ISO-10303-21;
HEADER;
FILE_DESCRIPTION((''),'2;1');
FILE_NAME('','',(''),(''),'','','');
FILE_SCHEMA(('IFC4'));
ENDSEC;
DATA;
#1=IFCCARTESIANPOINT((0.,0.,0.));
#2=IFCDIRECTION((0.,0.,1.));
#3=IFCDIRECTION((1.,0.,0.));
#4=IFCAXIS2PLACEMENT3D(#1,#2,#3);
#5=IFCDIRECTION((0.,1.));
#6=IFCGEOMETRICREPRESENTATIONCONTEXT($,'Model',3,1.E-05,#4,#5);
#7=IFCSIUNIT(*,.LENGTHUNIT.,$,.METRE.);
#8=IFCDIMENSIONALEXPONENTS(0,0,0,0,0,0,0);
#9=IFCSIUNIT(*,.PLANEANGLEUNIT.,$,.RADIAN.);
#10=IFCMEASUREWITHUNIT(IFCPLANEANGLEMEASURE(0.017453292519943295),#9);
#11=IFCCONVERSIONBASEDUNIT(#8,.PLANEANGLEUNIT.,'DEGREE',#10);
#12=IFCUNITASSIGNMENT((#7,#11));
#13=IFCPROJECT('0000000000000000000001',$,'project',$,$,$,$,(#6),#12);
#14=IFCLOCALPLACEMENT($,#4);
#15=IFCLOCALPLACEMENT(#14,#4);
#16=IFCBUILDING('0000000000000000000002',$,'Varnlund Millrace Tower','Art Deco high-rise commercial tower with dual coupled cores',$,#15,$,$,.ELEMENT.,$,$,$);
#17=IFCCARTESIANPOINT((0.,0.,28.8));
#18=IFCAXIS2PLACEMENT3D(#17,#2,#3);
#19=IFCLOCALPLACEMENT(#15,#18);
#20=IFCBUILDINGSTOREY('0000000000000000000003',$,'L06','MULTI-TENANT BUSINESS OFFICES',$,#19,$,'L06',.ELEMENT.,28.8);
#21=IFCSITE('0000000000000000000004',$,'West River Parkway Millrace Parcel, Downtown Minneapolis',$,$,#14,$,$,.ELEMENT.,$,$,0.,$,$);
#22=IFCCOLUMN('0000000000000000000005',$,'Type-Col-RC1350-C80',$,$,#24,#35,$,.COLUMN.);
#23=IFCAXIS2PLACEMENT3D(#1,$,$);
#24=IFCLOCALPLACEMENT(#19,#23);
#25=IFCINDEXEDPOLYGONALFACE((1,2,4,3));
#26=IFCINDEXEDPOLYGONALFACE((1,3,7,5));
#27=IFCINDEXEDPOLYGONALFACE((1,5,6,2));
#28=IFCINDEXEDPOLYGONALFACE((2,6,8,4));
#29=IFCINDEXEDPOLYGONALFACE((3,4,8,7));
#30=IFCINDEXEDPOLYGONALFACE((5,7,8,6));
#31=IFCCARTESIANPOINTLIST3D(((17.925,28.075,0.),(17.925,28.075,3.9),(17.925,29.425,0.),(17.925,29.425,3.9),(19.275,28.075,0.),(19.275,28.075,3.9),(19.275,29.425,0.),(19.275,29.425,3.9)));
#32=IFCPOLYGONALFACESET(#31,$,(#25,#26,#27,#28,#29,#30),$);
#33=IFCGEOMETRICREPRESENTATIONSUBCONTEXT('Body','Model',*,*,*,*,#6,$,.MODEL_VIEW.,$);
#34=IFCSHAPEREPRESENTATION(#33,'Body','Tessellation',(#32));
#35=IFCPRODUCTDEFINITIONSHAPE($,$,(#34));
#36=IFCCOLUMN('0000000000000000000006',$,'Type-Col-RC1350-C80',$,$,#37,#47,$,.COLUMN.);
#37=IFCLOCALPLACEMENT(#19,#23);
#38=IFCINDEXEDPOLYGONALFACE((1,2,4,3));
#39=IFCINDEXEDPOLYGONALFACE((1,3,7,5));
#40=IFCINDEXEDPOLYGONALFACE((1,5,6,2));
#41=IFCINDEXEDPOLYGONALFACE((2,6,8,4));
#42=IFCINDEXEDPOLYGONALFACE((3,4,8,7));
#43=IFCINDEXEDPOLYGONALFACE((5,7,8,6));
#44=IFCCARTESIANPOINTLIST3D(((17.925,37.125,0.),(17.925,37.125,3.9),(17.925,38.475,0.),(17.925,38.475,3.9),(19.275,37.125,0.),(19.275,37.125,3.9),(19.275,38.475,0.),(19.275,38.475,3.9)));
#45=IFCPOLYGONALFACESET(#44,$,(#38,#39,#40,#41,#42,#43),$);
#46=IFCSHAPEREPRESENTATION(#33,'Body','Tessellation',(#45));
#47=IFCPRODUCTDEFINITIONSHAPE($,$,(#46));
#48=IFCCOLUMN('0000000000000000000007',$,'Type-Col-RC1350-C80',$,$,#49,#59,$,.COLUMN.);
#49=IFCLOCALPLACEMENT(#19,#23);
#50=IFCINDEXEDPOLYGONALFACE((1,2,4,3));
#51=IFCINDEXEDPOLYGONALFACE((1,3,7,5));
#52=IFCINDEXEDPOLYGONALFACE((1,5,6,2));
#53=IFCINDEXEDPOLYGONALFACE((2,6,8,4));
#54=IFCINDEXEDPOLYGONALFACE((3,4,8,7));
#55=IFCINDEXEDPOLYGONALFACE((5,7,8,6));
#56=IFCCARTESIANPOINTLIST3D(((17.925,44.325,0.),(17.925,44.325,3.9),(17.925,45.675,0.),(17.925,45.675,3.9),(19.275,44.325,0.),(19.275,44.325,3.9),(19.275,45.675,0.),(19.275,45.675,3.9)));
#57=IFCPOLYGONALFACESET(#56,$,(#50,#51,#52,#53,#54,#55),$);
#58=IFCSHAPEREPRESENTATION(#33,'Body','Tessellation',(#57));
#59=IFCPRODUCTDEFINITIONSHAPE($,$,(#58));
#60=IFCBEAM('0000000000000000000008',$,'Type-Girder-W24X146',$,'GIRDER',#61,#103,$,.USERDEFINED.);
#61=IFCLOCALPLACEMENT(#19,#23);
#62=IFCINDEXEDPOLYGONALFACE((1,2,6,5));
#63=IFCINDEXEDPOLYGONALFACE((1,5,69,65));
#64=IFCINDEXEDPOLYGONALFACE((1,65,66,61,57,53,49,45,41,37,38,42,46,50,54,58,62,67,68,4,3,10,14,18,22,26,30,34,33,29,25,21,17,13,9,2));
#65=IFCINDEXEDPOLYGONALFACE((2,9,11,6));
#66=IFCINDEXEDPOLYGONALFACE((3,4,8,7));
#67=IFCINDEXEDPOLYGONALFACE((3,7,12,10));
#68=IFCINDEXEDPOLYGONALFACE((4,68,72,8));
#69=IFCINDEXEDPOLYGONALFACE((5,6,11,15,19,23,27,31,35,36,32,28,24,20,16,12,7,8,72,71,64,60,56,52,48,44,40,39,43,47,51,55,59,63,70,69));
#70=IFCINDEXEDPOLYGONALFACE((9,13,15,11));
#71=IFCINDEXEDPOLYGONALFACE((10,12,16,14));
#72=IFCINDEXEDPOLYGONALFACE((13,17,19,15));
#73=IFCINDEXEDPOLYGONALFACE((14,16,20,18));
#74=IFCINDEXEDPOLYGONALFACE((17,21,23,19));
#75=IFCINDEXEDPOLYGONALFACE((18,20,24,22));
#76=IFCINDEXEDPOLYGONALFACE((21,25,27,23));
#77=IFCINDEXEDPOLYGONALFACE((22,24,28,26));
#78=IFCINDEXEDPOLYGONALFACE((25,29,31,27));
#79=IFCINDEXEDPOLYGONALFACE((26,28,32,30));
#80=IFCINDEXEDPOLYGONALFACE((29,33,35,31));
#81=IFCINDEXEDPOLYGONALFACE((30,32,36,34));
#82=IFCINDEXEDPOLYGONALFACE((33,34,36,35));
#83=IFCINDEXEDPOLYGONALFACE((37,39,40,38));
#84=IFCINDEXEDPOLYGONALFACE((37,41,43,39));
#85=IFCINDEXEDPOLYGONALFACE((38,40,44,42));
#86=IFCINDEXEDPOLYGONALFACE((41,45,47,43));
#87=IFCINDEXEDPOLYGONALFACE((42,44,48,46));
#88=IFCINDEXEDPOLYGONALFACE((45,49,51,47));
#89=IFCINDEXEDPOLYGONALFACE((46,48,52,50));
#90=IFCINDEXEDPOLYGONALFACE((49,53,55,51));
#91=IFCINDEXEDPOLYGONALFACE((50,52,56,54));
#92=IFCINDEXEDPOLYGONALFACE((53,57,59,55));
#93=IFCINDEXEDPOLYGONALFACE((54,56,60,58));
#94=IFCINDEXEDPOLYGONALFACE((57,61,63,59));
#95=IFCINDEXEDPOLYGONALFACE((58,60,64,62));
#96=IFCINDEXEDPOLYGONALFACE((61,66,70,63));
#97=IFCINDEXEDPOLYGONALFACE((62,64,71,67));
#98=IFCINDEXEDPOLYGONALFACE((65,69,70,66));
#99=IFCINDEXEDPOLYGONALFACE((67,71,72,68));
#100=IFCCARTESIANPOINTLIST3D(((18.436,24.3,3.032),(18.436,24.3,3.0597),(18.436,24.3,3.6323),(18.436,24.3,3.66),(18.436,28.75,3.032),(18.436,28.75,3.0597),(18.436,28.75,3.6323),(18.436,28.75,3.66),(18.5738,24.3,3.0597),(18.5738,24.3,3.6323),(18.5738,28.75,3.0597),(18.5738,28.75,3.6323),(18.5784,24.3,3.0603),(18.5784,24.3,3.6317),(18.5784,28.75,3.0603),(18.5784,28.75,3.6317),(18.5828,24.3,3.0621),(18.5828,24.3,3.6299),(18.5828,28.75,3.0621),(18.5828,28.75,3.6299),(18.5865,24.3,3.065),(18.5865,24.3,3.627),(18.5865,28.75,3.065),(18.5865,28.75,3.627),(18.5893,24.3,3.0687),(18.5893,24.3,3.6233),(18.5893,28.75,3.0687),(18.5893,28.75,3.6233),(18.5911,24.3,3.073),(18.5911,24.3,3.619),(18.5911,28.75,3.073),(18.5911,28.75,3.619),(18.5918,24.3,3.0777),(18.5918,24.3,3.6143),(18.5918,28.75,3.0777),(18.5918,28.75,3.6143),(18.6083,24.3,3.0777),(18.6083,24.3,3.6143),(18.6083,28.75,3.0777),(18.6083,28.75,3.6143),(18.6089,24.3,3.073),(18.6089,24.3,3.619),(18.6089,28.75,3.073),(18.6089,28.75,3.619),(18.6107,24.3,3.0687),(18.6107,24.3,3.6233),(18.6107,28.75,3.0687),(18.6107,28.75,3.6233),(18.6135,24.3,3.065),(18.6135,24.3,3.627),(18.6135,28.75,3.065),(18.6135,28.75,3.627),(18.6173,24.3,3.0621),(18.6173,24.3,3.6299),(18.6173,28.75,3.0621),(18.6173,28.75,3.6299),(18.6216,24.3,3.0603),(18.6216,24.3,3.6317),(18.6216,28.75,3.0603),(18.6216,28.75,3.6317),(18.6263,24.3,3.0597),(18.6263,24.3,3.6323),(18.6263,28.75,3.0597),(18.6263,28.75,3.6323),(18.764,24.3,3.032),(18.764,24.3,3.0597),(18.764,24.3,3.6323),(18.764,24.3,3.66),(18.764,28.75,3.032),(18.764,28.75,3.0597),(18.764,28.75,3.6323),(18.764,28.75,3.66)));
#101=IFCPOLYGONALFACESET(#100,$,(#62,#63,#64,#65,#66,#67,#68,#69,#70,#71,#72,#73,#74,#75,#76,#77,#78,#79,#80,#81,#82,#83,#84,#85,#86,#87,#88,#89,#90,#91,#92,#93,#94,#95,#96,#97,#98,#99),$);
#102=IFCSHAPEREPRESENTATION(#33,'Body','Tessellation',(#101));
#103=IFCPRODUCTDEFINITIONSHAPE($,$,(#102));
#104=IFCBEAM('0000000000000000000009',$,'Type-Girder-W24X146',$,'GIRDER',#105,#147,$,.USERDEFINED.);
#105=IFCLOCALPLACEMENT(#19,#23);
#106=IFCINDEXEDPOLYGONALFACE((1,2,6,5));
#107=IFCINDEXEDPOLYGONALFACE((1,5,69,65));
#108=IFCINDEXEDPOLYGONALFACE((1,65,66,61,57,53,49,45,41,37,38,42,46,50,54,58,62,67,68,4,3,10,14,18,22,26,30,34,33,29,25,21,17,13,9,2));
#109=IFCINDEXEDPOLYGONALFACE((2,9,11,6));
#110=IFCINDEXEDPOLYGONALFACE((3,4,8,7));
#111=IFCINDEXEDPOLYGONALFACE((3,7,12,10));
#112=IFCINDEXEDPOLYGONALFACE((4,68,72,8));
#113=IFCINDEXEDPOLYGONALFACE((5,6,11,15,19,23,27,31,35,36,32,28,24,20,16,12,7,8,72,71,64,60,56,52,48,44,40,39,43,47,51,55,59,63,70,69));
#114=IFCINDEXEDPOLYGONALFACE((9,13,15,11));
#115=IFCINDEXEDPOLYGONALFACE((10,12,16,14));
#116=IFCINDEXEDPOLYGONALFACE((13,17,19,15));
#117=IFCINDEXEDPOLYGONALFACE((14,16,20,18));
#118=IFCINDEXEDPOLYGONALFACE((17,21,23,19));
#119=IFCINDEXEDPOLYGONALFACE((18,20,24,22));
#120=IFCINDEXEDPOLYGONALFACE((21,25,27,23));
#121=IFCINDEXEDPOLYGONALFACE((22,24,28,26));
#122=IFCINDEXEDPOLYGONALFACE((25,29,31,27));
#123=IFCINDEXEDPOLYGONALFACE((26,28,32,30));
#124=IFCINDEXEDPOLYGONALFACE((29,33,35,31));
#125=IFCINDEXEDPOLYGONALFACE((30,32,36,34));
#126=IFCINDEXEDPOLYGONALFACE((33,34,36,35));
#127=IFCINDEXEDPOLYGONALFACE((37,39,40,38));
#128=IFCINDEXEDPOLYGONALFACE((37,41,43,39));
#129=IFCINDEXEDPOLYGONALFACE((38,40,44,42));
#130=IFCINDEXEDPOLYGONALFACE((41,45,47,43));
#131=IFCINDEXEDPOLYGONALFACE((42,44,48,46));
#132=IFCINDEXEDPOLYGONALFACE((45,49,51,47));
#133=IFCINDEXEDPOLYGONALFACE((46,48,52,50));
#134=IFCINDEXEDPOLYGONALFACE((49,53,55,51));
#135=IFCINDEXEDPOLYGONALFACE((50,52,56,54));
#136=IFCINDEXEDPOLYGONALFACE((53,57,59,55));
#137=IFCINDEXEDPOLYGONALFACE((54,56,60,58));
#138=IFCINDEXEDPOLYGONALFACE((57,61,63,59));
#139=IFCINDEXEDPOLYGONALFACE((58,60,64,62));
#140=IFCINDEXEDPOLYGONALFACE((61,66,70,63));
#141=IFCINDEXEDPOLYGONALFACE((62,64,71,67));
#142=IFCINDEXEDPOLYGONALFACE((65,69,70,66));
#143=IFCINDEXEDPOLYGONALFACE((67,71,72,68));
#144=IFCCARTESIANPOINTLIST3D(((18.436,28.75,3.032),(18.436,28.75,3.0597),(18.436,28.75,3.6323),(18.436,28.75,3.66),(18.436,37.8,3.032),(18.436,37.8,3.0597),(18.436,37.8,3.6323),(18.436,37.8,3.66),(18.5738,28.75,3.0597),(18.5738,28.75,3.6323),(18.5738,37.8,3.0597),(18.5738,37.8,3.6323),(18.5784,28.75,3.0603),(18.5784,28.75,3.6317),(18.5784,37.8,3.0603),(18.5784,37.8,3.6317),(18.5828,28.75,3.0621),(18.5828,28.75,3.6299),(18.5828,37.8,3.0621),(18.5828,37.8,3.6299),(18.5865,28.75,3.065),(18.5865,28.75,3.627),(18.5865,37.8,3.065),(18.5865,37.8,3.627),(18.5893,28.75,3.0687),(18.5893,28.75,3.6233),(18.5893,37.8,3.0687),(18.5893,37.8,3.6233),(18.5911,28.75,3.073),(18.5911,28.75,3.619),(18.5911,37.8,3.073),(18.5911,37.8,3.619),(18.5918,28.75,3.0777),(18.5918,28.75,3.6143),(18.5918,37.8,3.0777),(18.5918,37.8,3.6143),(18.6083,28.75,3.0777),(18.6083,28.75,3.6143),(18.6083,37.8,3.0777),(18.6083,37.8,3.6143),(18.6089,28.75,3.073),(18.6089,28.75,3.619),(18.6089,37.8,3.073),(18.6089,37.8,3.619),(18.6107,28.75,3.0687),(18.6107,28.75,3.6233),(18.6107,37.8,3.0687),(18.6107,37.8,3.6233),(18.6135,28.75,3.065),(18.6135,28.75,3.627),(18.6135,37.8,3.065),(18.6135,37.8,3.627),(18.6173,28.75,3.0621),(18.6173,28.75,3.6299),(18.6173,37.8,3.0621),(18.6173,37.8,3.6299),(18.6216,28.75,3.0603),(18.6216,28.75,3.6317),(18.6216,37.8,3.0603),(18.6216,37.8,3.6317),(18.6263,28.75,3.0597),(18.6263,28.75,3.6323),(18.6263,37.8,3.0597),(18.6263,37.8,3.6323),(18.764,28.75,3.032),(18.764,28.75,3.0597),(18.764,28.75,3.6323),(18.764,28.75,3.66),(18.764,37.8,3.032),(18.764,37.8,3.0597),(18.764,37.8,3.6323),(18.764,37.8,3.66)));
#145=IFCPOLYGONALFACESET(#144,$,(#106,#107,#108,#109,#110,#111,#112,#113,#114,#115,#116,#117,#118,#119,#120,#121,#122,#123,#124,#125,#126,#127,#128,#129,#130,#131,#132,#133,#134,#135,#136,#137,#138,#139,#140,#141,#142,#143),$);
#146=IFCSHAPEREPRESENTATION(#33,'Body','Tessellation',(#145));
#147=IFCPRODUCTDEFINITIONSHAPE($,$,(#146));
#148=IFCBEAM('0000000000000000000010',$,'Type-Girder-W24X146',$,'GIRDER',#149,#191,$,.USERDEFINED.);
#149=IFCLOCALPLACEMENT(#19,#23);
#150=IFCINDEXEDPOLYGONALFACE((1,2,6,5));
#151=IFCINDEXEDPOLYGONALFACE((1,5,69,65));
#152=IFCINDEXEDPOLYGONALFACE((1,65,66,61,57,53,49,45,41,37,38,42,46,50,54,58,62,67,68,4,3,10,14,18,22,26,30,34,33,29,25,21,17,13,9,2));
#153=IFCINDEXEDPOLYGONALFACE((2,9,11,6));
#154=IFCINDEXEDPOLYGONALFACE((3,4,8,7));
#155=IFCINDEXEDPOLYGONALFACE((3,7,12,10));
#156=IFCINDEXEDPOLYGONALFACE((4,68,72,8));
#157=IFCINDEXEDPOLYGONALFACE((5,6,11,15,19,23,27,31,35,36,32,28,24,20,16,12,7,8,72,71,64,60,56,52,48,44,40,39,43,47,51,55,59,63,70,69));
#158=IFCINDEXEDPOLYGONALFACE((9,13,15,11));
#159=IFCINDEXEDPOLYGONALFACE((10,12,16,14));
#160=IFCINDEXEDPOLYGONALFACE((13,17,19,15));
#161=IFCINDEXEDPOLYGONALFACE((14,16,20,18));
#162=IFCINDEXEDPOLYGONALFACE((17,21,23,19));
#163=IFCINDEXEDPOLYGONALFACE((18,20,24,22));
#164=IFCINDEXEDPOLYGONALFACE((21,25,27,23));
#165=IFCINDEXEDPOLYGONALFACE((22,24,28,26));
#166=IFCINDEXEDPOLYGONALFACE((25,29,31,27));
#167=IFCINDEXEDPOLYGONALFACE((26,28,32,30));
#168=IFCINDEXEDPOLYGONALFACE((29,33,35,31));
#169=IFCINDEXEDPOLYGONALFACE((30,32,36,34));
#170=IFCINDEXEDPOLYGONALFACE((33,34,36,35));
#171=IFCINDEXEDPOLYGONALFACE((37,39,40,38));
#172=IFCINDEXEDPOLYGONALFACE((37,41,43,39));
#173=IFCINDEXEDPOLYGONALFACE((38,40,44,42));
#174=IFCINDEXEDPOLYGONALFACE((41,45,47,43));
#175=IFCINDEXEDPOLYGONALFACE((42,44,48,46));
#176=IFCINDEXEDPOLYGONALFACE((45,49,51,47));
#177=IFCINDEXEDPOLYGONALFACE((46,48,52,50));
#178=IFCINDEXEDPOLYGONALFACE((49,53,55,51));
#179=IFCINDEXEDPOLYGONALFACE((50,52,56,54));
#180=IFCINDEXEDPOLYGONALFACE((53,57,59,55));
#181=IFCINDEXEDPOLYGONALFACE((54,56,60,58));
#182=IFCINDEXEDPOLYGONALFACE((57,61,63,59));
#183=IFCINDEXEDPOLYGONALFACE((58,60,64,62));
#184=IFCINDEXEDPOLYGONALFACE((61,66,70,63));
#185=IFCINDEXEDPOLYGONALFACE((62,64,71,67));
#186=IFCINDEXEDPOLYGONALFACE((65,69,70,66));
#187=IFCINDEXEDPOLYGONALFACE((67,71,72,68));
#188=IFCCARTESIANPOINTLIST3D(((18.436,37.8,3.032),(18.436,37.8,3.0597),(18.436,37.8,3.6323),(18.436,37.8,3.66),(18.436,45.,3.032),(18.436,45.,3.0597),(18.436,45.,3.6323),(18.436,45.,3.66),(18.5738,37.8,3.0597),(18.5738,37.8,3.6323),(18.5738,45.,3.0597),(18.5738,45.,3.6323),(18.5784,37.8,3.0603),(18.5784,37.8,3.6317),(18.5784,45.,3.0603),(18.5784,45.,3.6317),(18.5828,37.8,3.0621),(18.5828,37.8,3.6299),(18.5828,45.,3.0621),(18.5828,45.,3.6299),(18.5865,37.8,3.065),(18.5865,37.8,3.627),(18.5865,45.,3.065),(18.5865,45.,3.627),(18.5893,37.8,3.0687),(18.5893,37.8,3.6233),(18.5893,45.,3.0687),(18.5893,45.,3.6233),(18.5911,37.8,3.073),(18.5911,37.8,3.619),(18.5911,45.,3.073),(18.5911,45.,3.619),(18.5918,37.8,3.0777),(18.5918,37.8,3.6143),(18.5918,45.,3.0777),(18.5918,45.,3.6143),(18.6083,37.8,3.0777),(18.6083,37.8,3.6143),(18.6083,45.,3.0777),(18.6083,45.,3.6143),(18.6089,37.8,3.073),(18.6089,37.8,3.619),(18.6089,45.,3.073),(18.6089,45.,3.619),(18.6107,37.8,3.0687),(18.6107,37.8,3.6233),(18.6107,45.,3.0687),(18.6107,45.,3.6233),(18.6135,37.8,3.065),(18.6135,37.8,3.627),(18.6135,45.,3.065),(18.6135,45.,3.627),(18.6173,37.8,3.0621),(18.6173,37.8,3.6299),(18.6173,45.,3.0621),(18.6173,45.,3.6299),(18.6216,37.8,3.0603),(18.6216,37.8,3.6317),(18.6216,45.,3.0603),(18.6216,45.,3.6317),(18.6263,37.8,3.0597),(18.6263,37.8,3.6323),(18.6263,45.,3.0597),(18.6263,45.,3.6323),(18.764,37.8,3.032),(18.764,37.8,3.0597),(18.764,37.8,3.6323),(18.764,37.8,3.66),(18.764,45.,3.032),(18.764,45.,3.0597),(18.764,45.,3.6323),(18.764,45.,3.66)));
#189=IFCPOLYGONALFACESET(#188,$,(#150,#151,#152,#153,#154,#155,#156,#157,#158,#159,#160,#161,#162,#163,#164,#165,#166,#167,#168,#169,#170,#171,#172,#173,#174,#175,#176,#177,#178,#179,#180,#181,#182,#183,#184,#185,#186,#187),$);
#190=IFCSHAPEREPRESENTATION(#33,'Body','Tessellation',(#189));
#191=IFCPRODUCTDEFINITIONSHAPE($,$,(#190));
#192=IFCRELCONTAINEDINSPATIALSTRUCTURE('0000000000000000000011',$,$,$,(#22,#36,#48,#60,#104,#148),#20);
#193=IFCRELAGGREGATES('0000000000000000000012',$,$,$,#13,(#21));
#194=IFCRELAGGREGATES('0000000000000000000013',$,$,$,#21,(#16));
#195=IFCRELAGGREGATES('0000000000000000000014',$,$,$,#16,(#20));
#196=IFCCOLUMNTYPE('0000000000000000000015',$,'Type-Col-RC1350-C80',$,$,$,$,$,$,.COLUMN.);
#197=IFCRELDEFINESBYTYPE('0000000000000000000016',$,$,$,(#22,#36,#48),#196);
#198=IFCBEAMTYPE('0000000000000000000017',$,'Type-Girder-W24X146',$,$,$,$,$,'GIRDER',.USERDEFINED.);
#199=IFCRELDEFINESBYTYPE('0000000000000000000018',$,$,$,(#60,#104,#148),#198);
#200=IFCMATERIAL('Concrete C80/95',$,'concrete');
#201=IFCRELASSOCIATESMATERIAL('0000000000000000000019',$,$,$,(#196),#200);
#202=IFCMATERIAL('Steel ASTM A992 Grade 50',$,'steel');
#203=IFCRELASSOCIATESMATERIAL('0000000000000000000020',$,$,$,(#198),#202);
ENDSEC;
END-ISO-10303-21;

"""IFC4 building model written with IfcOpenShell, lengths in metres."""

from ifc_helpers import new_model, entity, si_unit, converted_unit, direction, frame, origin_with_axes, origin_2d_with_axis, place, context, subcontext, project, spatial, rectangle, i_section, extrude, material, material_profile, profile_set, type_object, element, save


model = new_model("IFC4")

# Units and contexts
model_context = context("Model", 3, precision=1e-05, world=origin_with_axes(), true_north=direction((0.0, 1.0)))
body_context = subcontext(model_context, "Body", "Model", "MODEL_VIEW")
ifc_project = project(units=[si_unit("LENGTHUNIT", "METRE"), converted_unit("PLANEANGLEUNIT", "DEGREE", entity("IfcPlaneAngleMeasure", 0.017453292519943295), si_unit("PLANEANGLEUNIT", "RADIAN"), dimensions=[0, 0, 0, 0, 0, 0, 0])], contexts=[model_context])

# Site, building, storey
site_placement = place(None, origin_with_axes())
site = spatial("IfcSite", under=ifc_project, at=site_placement, Name="West River Parkway Millrace Parcel, Downtown Minneapolis", CompositionType="ELEMENT", RefElevation=0.0)
building_placement = place(site_placement, origin_with_axes())
building = spatial("IfcBuilding", under=site, at=building_placement, Name="Varnlund Millrace Tower", Description="Art Deco high-rise commercial tower with dual coupled cores", CompositionType="ELEMENT")
storey_placement = place(building_placement, frame((0.0, 0.0, 28.8), z_axis=(0.0, 0.0, 1.0), x_axis=(1.0, 0.0, 0.0)))
storey = spatial("IfcBuildingStorey", under=building, at=storey_placement, Name="L06", Description="MULTI-TENANT BUSINESS OFFICES", LongName="L06", CompositionType="ELEMENT", Elevation=28.8)

# Columns
ifc_material_1 = material(Name="Concrete C80/95", Category="concrete")
ifc_material_profile_1 = material_profile(ifc_material_1, rectangle(XDim=1.35, YDim=1.35, at=origin_2d_with_axis()), Name="Concrete C80/95")
ifc_profile_set_1 = profile_set([ifc_material_profile_1], Name="Concrete C80/95")
column_type = type_object("IfcColumnType", Name="Type-Col-RC1350-C80", PredefinedType="COLUMN", material=ifc_profile_set_1)
for number, where, z_axis, x_axis, name in (
    (1, (18.6, 28.75, 0.0), (0.0, 0.0, 1.0), (1.0, 0.0, 0.0), "Type-Col-RC1350-C80"),
    (2, (18.6, 37.8, 0.0), (0.0, 0.0, 1.0), (1.0, 0.0, 0.0), "Type-Col-RC1350-C80"),
    (3, (18.6, 45.0, 0.0), (0.0, 0.0, 1.0), (1.0, 0.0, 0.0), "Type-Col-RC1350-C80"),
):
    element("IfcColumn", number, at=place(storey_placement, frame(where, z_axis=z_axis, x_axis=x_axis)), inside=storey, type_object=column_type, Name=name, PredefinedType="COLUMN", context=body_context, shape_type="SweptSolid", body=[
        extrude(rectangle(XDim=1.35, YDim=1.35, at=origin_2d_with_axis()), origin_with_axes(), (0.0, 0.0, 1.0), 3.9),
    ])

# Beams
ifc_material_2 = material(Name="Steel ASTM A992 Grade 50", Category="steel")
ifc_material_profile_2 = material_profile(ifc_material_2, i_section(OverallWidth=0.328, OverallDepth=0.628, WebThickness=0.0165, FlangeThickness=0.0277, FilletRadius=0.018, at=origin_2d_with_axis()), Name="Steel ASTM A992 Grade 50")
ifc_profile_set_2 = profile_set([ifc_material_profile_2], Name="Steel ASTM A992 Grade 50")
beam_type_1 = type_object("IfcBeamType", Name="Type-Girder-W24X146", ElementType="GIRDER", PredefinedType="USERDEFINED", material=ifc_profile_set_2)
beam_1_placement = place(storey_placement, frame((18.6, 24.3, 3.346), z_axis=(0.0, 1.0, 0.0), x_axis=(-1.0, 0.0, 0.0)))
element("IfcBeam", 4, at=beam_1_placement, inside=storey, type_object=beam_type_1, Name="Type-Girder-W24X146", ObjectType="GIRDER", PredefinedType="USERDEFINED", context=body_context, shape_type="SweptSolid", body=[
    extrude(i_section(OverallWidth=0.328, OverallDepth=0.628, WebThickness=0.0165, FlangeThickness=0.0277, FilletRadius=0.018, at=origin_2d_with_axis()), origin_with_axes(), (0.0, 0.0, 1.0), 4.45),
])
beam_2_placement = place(storey_placement, frame((18.6, 28.75, 3.346), z_axis=(0.0, 1.0, 0.0), x_axis=(-1.0, 0.0, 0.0)))
element("IfcBeam", 5, at=beam_2_placement, inside=storey, type_object=beam_type_1, Name="Type-Girder-W24X146", ObjectType="GIRDER", PredefinedType="USERDEFINED", context=body_context, shape_type="SweptSolid", body=[
    extrude(i_section(OverallWidth=0.328, OverallDepth=0.628, WebThickness=0.0165, FlangeThickness=0.0277, FilletRadius=0.018, at=origin_2d_with_axis()), origin_with_axes(), (0.0, 0.0, 1.0), 9.05),
])
beam_3_placement = place(storey_placement, frame((18.6, 37.8, 3.346), z_axis=(0.0, 1.0, 0.0), x_axis=(-1.0, 0.0, 0.0)))
element("IfcBeam", 6, at=beam_3_placement, inside=storey, type_object=beam_type_1, Name="Type-Girder-W24X146", ObjectType="GIRDER", PredefinedType="USERDEFINED", context=body_context, shape_type="SweptSolid", body=[
    extrude(i_section(OverallWidth=0.328, OverallDepth=0.628, WebThickness=0.0165, FlangeThickness=0.0277, FilletRadius=0.018, at=origin_2d_with_axis()), origin_with_axes(), (0.0, 0.0, 1.0), 7.2),
])

save(model, "model.ifc")
